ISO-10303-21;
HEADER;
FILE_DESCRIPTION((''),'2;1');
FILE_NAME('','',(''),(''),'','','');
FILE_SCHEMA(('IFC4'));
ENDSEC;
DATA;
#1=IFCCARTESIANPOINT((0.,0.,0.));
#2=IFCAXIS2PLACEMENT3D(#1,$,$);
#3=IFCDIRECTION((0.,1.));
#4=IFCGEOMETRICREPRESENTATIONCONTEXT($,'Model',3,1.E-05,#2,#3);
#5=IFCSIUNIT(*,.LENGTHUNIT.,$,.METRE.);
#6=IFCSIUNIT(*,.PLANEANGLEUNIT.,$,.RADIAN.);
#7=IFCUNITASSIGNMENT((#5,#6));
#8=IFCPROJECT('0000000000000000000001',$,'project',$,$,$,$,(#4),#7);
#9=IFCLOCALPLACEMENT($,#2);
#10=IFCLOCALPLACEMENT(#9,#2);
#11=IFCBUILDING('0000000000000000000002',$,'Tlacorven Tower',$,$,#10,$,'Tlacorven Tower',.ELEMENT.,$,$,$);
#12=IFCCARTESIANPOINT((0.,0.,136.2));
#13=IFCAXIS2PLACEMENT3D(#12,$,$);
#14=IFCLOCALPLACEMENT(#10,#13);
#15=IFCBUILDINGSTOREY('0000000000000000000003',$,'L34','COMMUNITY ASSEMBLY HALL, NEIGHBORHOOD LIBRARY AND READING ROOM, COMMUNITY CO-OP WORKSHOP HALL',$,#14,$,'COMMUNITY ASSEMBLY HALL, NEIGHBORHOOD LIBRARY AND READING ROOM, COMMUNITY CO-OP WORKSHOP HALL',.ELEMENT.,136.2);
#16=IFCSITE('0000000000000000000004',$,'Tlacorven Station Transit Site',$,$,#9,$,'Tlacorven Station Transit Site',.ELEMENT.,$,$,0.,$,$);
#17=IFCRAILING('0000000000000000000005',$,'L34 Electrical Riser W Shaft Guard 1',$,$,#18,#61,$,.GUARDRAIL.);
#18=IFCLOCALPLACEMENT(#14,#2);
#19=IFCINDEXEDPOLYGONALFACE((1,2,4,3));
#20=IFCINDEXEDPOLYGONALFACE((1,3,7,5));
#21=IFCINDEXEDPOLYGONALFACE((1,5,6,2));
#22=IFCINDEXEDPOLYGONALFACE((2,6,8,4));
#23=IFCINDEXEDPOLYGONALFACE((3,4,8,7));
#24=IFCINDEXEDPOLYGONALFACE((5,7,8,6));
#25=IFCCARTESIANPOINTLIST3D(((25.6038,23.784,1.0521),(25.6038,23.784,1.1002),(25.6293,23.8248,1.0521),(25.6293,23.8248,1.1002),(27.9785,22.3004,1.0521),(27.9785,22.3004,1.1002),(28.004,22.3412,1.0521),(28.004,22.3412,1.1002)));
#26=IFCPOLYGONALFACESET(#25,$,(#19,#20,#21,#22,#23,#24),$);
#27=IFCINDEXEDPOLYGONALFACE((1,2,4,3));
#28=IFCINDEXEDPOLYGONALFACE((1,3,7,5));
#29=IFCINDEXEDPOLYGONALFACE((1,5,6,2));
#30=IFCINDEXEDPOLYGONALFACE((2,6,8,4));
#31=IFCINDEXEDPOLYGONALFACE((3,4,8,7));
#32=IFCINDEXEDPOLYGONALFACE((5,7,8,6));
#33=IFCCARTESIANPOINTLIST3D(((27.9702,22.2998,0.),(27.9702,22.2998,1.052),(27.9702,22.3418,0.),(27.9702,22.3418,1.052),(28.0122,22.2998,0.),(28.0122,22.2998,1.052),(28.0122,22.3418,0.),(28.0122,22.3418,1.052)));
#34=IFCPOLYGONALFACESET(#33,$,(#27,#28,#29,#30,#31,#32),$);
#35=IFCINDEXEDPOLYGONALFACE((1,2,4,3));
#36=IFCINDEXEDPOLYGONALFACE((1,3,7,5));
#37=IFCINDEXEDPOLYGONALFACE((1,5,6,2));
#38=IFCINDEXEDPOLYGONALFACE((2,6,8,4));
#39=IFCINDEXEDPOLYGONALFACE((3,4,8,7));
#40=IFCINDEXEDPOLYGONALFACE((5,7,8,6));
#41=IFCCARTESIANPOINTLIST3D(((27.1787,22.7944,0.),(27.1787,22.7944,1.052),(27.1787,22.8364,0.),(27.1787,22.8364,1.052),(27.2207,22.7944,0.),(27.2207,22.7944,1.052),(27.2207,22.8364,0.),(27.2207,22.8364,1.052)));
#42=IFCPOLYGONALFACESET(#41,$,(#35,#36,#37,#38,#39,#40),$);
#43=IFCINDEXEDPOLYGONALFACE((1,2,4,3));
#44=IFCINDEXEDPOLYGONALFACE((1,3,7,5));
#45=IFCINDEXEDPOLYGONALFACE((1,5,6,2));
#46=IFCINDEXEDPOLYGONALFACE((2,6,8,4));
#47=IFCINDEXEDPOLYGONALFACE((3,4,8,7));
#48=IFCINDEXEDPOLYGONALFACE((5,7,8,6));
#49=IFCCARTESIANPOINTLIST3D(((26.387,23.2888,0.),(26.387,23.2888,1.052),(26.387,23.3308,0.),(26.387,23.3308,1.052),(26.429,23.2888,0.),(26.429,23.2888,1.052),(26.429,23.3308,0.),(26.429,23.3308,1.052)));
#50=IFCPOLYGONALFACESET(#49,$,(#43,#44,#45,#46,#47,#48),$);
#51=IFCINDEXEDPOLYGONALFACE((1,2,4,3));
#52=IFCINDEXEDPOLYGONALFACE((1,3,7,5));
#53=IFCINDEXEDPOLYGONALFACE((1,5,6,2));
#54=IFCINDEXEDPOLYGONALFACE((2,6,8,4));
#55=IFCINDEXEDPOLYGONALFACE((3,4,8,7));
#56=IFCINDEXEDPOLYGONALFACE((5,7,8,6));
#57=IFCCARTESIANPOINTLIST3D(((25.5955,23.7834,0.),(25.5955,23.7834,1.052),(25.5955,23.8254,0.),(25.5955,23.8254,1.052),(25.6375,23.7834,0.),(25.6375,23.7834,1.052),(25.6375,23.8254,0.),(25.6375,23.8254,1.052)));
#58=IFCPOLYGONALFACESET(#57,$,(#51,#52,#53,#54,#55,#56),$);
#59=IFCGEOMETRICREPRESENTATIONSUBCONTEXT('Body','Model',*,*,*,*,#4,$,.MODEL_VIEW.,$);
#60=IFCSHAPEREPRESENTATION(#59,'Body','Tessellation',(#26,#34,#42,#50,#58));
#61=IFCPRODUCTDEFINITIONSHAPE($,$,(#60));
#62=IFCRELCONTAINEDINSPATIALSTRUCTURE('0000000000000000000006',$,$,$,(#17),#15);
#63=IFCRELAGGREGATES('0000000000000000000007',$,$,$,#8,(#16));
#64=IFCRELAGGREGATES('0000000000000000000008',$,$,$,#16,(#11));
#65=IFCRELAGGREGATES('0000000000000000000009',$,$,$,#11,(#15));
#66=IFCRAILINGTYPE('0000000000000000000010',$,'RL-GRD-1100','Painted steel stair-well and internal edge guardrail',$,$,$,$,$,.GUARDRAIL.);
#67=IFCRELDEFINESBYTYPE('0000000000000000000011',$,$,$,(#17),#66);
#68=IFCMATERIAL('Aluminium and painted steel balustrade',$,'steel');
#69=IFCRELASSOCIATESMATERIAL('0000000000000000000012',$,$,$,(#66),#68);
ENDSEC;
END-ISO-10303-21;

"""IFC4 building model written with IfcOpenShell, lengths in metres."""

from ifc_helpers import new_model, si_unit, direction, frame, origin, origin_2d, place, context, subcontext, project, spatial, rectangle, extrude, source, transform, mapped, material, type_object, element, save


model = new_model("IFC4")

# Units and contexts
model_context = context("Model", 3, precision=1e-05, world=origin(), true_north=direction((0.0, 1.0)))
body_context = subcontext(model_context, "Body", "Model", "MODEL_VIEW")
ifc_project = project(units=[si_unit("LENGTHUNIT", "METRE"), si_unit("PLANEANGLEUNIT", "RADIAN")], contexts=[model_context])

# Site, building, storey
site_placement = place(None, origin())
site = spatial("IfcSite", under=ifc_project, at=site_placement, Name="Tlacorven Station Transit Site", LongName="Tlacorven Station Transit Site", CompositionType="ELEMENT", RefElevation=0.0)
building_placement = place(site_placement, origin())
building = spatial("IfcBuilding", under=site, at=building_placement, Name="Tlacorven Tower", LongName="Tlacorven Tower", CompositionType="ELEMENT")
storey_placement = place(building_placement, frame((0.0, 0.0, 136.2)))
storey = spatial("IfcBuildingStorey", under=building, at=storey_placement, Name="L34", Description="COMMUNITY ASSEMBLY HALL, NEIGHBORHOOD LIBRARY AND READING ROOM, COMMUNITY CO-OP WORKSHOP HALL", LongName="COMMUNITY ASSEMBLY HALL, NEIGHBORHOOD LIBRARY AND READING ROOM, COMMUNITY CO-OP WORKSHOP HALL", CompositionType="ELEMENT", Elevation=136.2)

# Railing
ifc_material_1 = material(Name="Aluminium and painted steel balustrade", Category="steel")
railing_type = type_object("IfcRailingType", Name="RL-GRD-1100", Description="Painted steel stair-well and internal edge guardrail", PredefinedType="GUARDRAIL", material=ifc_material_1)
shared_shape_1 = source(origin(), body_context, "Body", "SweptSolid", [
    extrude(rectangle(XDim=0.0481, YDim=0.0481, at=origin_2d()), frame((0.0, 0.0, 1.0762), z_axis=(-0.848091, 0.52985, 0.0), x_axis=(-0.52985, -0.848091, 0.0)), (0.0, 0.0, 1.0), 2.8),
    extrude(rectangle(XDim=0.042, YDim=0.042, at=origin_2d()), origin(), (0.0, 0.0, 1.0), 1.052),
    extrude(rectangle(XDim=0.042, YDim=0.042, at=origin_2d()), frame((-0.7915, 0.4946, 0.0)), (0.0, 0.0, 1.0), 1.052),
    extrude(rectangle(XDim=0.042, YDim=0.042, at=origin_2d()), frame((-1.5833, 0.989, 0.0)), (0.0, 0.0, 1.0), 1.052),
    extrude(rectangle(XDim=0.042, YDim=0.042, at=origin_2d()), frame((-2.3748, 1.4836, 0.0)), (0.0, 0.0, 1.0), 1.052),
])
railing_placement = place(storey_placement, frame((27.9912, 22.3208, 0.0)))
element("IfcRailing", 1, at=railing_placement, inside=storey, type_object=railing_type, Name="L34 Electrical Riser W Shaft Guard 1", PredefinedType="GUARDRAIL", context=body_context, shape_type="MappedRepresentation", body=[
    mapped(shared_shape_1, transform((0.0, 0.0, 0.0), scale=1.0)),
])

save(model, "model.ifc")
